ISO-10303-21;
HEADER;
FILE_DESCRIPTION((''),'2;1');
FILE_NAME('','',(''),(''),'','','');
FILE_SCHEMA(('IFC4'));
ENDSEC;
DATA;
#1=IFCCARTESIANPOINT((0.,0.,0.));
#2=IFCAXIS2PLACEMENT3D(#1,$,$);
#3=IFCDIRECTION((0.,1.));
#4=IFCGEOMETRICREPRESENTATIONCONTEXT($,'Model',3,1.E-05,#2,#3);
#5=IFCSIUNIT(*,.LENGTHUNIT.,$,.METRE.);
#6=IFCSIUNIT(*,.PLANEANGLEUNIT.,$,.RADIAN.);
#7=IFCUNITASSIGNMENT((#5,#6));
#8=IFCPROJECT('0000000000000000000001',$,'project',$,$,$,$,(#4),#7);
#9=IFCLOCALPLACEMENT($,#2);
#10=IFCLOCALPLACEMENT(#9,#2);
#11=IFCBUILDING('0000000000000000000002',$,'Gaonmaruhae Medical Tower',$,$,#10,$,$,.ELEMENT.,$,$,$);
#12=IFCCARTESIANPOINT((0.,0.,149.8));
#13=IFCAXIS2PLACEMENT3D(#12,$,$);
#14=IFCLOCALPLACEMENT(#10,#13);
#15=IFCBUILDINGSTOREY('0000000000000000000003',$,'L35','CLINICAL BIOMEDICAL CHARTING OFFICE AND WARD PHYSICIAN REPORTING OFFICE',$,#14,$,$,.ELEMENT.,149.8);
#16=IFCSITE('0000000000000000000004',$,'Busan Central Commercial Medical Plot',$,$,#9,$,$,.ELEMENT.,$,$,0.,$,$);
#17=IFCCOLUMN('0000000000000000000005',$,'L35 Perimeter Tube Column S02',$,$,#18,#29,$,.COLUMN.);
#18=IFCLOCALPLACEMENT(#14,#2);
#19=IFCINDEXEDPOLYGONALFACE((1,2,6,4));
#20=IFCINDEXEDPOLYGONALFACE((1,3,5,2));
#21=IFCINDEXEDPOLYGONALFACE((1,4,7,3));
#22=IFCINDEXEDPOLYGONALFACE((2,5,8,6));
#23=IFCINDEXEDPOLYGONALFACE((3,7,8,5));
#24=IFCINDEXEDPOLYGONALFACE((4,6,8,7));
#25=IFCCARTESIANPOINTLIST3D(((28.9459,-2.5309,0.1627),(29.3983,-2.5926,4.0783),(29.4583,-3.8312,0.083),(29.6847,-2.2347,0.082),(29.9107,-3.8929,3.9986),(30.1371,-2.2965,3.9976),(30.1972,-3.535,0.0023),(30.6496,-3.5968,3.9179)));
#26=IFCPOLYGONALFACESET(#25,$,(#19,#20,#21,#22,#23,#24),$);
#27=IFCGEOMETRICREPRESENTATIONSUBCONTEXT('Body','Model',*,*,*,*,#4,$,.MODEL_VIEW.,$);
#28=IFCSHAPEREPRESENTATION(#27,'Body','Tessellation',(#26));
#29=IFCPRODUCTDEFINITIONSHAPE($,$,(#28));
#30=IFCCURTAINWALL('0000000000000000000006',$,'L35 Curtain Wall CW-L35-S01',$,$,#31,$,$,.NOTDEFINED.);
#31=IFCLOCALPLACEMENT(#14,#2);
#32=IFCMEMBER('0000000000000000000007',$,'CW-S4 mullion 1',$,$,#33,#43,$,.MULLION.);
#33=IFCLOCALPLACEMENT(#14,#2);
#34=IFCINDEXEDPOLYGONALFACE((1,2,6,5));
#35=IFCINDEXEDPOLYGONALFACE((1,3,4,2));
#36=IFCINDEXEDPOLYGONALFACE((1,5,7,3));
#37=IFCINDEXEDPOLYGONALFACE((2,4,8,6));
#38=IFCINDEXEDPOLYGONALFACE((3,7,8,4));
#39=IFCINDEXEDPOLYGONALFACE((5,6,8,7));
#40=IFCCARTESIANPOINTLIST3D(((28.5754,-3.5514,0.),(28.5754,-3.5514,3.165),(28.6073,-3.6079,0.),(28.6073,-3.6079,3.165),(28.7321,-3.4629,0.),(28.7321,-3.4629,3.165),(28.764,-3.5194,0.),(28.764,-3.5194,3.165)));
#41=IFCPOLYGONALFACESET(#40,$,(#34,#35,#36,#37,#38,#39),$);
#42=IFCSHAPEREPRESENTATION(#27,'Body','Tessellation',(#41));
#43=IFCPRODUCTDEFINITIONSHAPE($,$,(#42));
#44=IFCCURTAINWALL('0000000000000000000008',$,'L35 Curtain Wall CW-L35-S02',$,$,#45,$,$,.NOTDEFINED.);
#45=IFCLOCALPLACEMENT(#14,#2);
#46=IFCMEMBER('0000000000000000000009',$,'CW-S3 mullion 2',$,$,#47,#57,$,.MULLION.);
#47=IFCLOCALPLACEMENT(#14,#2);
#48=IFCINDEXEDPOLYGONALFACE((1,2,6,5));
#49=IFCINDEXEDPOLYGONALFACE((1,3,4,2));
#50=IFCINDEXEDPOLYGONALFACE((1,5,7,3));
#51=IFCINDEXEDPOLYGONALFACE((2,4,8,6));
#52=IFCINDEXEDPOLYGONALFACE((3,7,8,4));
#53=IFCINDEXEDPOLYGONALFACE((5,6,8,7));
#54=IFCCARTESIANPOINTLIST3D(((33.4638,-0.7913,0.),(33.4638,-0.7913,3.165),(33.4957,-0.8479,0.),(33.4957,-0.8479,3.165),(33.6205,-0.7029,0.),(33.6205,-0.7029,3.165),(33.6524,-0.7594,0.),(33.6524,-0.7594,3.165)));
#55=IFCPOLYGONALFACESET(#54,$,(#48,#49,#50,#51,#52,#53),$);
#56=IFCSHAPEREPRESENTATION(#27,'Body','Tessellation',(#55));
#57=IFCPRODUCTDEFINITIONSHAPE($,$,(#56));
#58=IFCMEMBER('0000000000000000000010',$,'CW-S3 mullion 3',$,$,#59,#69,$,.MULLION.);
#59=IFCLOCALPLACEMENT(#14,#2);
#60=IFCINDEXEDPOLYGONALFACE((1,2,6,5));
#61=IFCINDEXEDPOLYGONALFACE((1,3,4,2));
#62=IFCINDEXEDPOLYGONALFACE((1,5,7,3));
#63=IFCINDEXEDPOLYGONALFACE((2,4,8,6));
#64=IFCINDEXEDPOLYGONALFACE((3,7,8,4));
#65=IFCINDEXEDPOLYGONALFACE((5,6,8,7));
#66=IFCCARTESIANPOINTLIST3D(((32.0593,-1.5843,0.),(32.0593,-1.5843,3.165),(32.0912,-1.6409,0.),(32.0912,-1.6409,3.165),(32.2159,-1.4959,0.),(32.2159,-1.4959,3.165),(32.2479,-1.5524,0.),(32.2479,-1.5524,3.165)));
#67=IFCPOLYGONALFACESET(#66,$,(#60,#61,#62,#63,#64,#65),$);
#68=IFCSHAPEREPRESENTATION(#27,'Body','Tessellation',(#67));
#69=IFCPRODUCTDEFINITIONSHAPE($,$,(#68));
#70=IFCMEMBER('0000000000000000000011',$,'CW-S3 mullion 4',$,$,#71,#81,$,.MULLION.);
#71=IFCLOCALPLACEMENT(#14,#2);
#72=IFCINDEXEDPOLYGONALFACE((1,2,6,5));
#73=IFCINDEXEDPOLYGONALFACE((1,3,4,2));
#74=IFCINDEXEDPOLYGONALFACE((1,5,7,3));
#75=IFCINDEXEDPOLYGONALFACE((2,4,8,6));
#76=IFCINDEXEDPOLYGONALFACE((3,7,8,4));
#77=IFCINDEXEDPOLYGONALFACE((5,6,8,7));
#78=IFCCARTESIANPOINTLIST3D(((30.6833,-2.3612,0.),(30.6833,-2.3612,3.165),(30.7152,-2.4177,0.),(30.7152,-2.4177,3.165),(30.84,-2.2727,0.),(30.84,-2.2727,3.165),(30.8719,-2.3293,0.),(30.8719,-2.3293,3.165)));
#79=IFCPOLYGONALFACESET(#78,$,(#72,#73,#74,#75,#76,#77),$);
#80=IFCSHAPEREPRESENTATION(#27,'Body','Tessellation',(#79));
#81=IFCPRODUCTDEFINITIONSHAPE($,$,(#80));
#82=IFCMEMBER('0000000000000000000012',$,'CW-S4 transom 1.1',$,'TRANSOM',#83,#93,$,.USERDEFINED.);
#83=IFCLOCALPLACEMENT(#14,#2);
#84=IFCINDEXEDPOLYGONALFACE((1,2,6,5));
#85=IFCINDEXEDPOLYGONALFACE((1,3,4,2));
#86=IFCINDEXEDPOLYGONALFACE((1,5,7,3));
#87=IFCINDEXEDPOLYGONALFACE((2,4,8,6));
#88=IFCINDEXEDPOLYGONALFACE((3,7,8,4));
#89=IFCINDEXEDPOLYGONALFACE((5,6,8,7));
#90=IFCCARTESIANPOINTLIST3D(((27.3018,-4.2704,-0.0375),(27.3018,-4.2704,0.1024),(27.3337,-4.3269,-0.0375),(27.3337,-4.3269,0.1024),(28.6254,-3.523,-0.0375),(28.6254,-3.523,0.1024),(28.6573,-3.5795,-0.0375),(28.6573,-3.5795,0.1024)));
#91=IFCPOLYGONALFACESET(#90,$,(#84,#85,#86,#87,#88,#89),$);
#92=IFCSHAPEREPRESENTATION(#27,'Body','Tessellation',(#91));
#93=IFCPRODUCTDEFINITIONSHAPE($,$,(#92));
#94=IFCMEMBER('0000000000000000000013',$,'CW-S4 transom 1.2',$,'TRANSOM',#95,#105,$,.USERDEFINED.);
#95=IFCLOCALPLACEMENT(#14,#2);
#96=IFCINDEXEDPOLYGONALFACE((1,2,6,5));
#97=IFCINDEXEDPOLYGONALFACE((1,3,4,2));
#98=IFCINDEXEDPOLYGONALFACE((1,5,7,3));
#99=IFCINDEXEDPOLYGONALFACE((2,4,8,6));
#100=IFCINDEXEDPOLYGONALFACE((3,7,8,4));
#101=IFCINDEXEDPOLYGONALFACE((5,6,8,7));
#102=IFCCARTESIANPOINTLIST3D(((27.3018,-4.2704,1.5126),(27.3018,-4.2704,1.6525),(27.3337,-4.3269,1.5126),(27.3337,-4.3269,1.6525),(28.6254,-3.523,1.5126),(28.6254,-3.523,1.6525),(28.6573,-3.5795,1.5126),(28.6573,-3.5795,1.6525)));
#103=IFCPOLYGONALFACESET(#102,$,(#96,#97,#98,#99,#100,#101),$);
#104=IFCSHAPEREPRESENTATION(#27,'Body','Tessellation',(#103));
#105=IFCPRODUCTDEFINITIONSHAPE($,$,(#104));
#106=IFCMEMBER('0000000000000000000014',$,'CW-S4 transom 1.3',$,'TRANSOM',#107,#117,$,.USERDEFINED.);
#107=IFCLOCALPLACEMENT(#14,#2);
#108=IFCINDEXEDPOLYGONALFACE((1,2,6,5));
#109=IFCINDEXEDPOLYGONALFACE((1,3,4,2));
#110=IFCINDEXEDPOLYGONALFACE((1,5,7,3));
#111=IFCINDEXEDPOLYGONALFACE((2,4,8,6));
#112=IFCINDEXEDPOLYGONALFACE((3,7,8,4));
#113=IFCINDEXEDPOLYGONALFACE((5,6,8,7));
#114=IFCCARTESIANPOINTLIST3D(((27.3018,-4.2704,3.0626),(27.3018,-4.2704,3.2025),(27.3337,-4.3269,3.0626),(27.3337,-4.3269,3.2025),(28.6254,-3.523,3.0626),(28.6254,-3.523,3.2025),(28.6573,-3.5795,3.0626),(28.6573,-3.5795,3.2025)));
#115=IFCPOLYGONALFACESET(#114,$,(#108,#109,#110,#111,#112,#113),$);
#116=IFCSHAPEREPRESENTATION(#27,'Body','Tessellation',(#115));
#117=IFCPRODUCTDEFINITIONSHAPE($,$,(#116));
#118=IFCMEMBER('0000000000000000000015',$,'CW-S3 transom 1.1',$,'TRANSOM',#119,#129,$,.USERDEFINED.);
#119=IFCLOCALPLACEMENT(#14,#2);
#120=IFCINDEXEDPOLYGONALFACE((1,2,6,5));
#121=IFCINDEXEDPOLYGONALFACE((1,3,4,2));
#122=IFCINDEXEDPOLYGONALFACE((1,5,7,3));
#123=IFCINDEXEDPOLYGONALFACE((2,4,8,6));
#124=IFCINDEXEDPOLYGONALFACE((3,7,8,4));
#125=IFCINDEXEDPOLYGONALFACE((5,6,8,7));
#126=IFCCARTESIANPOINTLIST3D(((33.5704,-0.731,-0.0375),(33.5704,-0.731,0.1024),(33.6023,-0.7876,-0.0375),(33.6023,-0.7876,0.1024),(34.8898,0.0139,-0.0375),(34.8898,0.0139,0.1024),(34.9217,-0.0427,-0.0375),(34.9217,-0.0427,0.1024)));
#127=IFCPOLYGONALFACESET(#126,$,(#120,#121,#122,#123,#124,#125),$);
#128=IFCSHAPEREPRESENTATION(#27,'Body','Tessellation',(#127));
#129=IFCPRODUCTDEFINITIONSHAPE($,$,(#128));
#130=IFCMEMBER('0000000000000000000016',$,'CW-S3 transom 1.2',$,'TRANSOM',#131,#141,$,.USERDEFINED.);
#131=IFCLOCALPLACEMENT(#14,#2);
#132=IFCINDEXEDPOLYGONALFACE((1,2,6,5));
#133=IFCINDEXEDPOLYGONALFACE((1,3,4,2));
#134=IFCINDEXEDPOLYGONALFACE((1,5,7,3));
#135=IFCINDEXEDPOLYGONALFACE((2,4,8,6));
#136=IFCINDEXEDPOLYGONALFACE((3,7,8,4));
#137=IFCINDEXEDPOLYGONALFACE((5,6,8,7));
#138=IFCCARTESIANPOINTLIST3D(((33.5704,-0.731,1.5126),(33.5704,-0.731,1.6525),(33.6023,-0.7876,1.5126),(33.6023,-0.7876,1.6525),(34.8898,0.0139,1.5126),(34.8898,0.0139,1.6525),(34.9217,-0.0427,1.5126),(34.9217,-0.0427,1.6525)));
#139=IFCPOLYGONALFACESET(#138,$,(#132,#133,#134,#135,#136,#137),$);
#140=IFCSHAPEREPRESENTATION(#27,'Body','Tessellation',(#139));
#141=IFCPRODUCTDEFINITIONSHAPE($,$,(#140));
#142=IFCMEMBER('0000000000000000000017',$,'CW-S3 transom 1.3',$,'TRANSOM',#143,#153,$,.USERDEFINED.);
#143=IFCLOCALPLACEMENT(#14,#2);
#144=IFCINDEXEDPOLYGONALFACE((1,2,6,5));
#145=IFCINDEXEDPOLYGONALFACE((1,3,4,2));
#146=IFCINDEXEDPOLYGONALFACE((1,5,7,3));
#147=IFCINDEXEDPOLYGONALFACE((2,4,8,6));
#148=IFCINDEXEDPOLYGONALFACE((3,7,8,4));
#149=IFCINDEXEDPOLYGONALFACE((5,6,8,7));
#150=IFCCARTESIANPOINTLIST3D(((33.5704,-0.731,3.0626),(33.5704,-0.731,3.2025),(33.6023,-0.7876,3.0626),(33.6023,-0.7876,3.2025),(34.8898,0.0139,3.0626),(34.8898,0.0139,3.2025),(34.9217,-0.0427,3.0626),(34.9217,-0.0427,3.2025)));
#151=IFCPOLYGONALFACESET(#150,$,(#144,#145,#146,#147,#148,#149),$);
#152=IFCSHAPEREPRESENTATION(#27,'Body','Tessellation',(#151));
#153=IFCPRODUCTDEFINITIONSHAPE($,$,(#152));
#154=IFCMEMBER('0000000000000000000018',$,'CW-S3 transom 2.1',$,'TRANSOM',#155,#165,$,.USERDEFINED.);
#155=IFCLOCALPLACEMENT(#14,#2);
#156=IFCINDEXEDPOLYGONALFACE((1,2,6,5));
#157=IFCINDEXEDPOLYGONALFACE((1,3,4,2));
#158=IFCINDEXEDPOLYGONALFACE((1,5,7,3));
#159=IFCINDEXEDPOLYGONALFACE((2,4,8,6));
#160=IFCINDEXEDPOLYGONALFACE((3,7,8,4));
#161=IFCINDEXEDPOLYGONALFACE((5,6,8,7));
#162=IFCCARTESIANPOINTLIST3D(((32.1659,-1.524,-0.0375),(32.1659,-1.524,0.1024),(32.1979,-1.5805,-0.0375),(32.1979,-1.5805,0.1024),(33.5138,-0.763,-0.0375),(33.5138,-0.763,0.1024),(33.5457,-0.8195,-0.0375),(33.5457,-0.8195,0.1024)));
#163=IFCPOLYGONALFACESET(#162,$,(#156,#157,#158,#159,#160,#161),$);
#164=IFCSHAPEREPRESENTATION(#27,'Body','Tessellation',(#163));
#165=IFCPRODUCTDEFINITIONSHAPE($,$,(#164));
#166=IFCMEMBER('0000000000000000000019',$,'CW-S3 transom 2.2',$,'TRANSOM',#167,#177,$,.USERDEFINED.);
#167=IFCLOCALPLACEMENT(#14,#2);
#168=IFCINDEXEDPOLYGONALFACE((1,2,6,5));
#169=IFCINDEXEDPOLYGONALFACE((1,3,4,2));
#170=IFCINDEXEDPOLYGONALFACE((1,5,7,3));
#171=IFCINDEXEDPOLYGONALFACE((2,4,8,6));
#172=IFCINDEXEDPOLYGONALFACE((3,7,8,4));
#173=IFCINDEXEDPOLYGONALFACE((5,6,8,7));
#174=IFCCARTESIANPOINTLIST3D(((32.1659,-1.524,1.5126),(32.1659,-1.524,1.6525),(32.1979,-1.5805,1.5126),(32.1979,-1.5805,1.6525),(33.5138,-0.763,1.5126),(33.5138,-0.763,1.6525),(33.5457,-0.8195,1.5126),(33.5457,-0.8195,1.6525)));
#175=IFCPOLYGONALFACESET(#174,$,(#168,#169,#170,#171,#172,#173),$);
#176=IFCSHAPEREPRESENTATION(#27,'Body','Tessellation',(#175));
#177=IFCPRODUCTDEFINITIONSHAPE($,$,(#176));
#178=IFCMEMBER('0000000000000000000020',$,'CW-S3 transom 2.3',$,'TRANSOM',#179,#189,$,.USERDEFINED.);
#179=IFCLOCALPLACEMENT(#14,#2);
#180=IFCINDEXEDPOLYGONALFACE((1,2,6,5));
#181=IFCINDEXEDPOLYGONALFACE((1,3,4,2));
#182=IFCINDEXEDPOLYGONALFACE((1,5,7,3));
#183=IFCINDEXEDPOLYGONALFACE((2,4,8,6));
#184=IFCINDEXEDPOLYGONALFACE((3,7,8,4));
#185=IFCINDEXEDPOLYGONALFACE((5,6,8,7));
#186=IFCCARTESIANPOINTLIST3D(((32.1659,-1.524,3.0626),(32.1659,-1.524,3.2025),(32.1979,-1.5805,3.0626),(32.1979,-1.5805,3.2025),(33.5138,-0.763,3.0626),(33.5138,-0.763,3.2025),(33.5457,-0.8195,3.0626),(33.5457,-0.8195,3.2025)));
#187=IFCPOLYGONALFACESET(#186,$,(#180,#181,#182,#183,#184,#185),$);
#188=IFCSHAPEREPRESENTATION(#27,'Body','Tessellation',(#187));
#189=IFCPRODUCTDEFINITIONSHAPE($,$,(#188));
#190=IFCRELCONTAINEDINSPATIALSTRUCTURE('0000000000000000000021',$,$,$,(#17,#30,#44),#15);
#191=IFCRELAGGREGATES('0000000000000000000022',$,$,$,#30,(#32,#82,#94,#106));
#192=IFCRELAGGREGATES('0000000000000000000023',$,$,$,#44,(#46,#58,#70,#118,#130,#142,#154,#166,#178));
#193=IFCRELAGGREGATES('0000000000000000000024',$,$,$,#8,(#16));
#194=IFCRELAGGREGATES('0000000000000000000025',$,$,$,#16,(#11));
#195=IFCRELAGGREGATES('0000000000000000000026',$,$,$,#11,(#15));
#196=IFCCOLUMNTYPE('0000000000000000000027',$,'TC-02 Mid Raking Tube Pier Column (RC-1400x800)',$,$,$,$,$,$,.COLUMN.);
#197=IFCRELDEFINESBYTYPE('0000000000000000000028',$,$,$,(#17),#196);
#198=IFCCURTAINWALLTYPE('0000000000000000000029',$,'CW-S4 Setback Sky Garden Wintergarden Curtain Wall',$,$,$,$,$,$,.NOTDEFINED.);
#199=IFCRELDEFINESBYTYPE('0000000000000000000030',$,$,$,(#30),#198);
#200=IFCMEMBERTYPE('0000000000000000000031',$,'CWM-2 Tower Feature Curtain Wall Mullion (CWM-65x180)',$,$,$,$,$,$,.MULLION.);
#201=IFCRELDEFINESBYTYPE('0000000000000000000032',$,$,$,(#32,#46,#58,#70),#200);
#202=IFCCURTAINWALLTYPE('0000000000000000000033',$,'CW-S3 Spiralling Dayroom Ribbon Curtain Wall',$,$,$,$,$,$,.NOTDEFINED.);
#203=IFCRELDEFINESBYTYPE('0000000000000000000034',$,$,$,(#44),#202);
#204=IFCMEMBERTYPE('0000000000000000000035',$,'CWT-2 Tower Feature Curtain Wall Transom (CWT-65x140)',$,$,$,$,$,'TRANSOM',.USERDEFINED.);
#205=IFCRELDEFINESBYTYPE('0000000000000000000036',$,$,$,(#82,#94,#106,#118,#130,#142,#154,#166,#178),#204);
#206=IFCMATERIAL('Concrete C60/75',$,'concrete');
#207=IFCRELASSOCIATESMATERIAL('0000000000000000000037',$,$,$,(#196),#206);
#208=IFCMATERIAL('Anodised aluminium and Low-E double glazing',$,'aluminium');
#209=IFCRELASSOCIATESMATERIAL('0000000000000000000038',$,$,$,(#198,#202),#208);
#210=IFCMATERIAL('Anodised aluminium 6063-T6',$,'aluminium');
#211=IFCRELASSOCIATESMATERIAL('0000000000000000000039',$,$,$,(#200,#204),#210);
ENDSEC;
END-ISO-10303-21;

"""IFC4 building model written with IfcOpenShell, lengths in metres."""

from ifc_helpers import new_model, si_unit, direction, frame, origin, origin_2d, place, context, subcontext, project, spatial, rectangle, extrude, material, material_profile, profile_set, type_object, element, aggregate, save


model = new_model("IFC4")

# Units and contexts
model_context = context("Model", 3, precision=1e-05, world=origin(), true_north=direction((0.0, 1.0)))
body_context = subcontext(model_context, "Body", "Model", "MODEL_VIEW")
ifc_project = project(units=[si_unit("LENGTHUNIT", "METRE"), si_unit("PLANEANGLEUNIT", "RADIAN")], contexts=[model_context])

# Site, building, storey
site_placement = place(None, origin())
site = spatial("IfcSite", under=ifc_project, at=site_placement, Name="Busan Central Commercial Medical Plot", CompositionType="ELEMENT", RefElevation=0.0)
building_placement = place(site_placement, origin())
building = spatial("IfcBuilding", under=site, at=building_placement, Name="Gaonmaruhae Medical Tower", CompositionType="ELEMENT")
storey_placement = place(building_placement, frame((0.0, 0.0, 149.8)))
storey = spatial("IfcBuildingStorey", under=building, at=storey_placement, Name="L35", Description="CLINICAL BIOMEDICAL CHARTING OFFICE AND WARD PHYSICIAN REPORTING OFFICE", CompositionType="ELEMENT", Elevation=149.8)

# Column
ifc_material_1 = material(Name="Concrete C60/75", Category="concrete")
ifc_material_profile_1 = material_profile(ifc_material_1, rectangle(XDim=1.3999, YDim=0.8, at=origin_2d()), Name="RC-1400x800")
ifc_profile_set_1 = profile_set([ifc_material_profile_1], Name="Concrete C60/75")
column_type = type_object("IfcColumnType", Name="TC-02 Mid Raking Tube Pier Column (RC-1400x800)", PredefinedType="COLUMN", material=ifc_profile_set_1)
column_placement = place(storey_placement, frame((29.5715, -3.033, 0.0825), z_axis=(0.11476, -0.015669, 0.99327), x_axis=(-0.366065, 0.928845, 0.056947)))
element("IfcColumn", 1, at=column_placement, inside=storey, type_object=column_type, Name="L35 Perimeter Tube Column S02", PredefinedType="COLUMN", context=body_context, shape_type="SweptSolid", body=[
    extrude(rectangle(XDim=1.3999, YDim=0.8, at=origin_2d()), origin(), (0.0, 0.0, 1.0), 3.9421),
])

# Curtain wall, member
ifc_material_2 = material(Name="Anodised aluminium and Low-E double glazing", Category="aluminium")
curtain_wall_type_1 = type_object("IfcCurtainWallType", Name="CW-S4 Setback Sky Garden Wintergarden Curtain Wall", PredefinedType="NOTDEFINED", material=ifc_material_2)
curtain_wall_1_placement = place(storey_placement, origin())
curtain_wall_1 = element("IfcCurtainWall", 2, at=curtain_wall_1_placement, inside=storey, type_object=curtain_wall_type_1, Name="L35 Curtain Wall CW-L35-S01", PredefinedType="NOTDEFINED")
ifc_material_3 = material(Name="Anodised aluminium 6063-T6", Category="aluminium")
ifc_material_profile_2 = material_profile(ifc_material_3, rectangle(XDim=0.0649, YDim=0.1799, at=origin_2d()), Name="CWM-65x180")
ifc_profile_set_2 = profile_set([ifc_material_profile_2], Name="Anodised aluminium 6063-T6")
member_type_1 = type_object("IfcMemberType", Name="CWM-2 Tower Feature Curtain Wall Mullion (CWM-65x180)", PredefinedType="MULLION", material=ifc_profile_set_2)
member_1_placement = place(storey_placement, frame((28.6697, -3.5354, 0.0), z_axis=(0.0, 0.0, 1.0), x_axis=(0.491663, -0.870786, 0.0)))
member_1 = element("IfcMember", 3, at=member_1_placement, type_object=member_type_1, Name="CW-S4 mullion 1", PredefinedType="MULLION", context=body_context, shape_type="SweptSolid", body=[
    extrude(rectangle(XDim=0.0649, YDim=0.1799, at=origin_2d()), origin(), (0.0, 0.0, 1.0), 3.165),
])

# Curtain wall, members
curtain_wall_type_2 = type_object("IfcCurtainWallType", Name="CW-S3 Spiralling Dayroom Ribbon Curtain Wall", PredefinedType="NOTDEFINED", material=ifc_material_2)
curtain_wall_2_placement = place(storey_placement, origin())
curtain_wall_2 = element("IfcCurtainWall", 4, at=curtain_wall_2_placement, inside=storey, type_object=curtain_wall_type_2, Name="L35 Curtain Wall CW-L35-S02", PredefinedType="NOTDEFINED")
member_2_placement = place(storey_placement, frame((33.5581, -0.7754, 0.0), z_axis=(0.0, 0.0, 1.0), x_axis=(0.491663, -0.870786, 0.0)))
member_2 = element("IfcMember", 5, at=member_2_placement, type_object=member_type_1, Name="CW-S3 mullion 2", PredefinedType="MULLION", context=body_context, shape_type="SweptSolid", body=[
    extrude(rectangle(XDim=0.0649, YDim=0.1799, at=origin_2d()), origin(), (0.0, 0.0, 1.0), 3.165),
])
member_3_placement = place(storey_placement, frame((32.1536, -1.5684, 0.0), z_axis=(0.0, 0.0, 1.0), x_axis=(0.491663, -0.870786, 0.0)))
member_3 = element("IfcMember", 6, at=member_3_placement, type_object=member_type_1, Name="CW-S3 mullion 3", PredefinedType="MULLION", context=body_context, shape_type="SweptSolid", body=[
    extrude(rectangle(XDim=0.0649, YDim=0.1799, at=origin_2d()), origin(), (0.0, 0.0, 1.0), 3.165),
])
member_4_placement = place(storey_placement, frame((30.7776, -2.3452, 0.0), z_axis=(0.0, 0.0, 1.0), x_axis=(0.491663, -0.870786, 0.0)))
member_4 = element("IfcMember", 7, at=member_4_placement, type_object=member_type_1, Name="CW-S3 mullion 4", PredefinedType="MULLION", context=body_context, shape_type="SweptSolid", body=[
    extrude(rectangle(XDim=0.0649, YDim=0.1799, at=origin_2d()), origin(), (0.0, 0.0, 1.0), 3.165),
])

# Members
ifc_material_profile_3 = material_profile(ifc_material_3, rectangle(XDim=0.0649, YDim=0.1399, at=origin_2d()), Name="CWT-65x140")
ifc_profile_set_3 = profile_set([ifc_material_profile_3], Name="Anodised aluminium 6063-T6")
member_type_2 = type_object("IfcMemberType", Name="CWT-2 Tower Feature Curtain Wall Transom (CWT-65x140)", ElementType="TRANSOM", PredefinedType="USERDEFINED", material=ifc_profile_set_3)
member_5_placement = place(storey_placement, frame((28.6414, -3.5513, 0.0325), z_axis=(-0.870772, -0.491687, 0.0), x_axis=(0.491687, -0.870772, 0.0)))
member_5 = element("IfcMember", 8, at=member_5_placement, type_object=member_type_2, Name="CW-S4 transom 1.1", ObjectType="TRANSOM", PredefinedType="USERDEFINED", context=body_context, shape_type="SweptSolid", body=[
    extrude(rectangle(XDim=0.0649, YDim=0.1399, at=origin_2d()), origin(), (0.0, 0.0, 1.0), 1.52),
])
member_6_placement = place(storey_placement, frame((28.6414, -3.5513, 1.5825), z_axis=(-0.870772, -0.491687, 0.0), x_axis=(0.491687, -0.870772, 0.0)))
member_6 = element("IfcMember", 9, at=member_6_placement, type_object=member_type_2, Name="CW-S4 transom 1.2", ObjectType="TRANSOM", PredefinedType="USERDEFINED", context=body_context, shape_type="SweptSolid", body=[
    extrude(rectangle(XDim=0.0649, YDim=0.1399, at=origin_2d()), origin(), (0.0, 0.0, 1.0), 1.52),
])
member_7_placement = place(storey_placement, frame((28.6414, -3.5513, 3.1326), z_axis=(-0.870772, -0.491687, 0.0), x_axis=(0.491687, -0.870772, 0.0)))
member_7 = element("IfcMember", 10, at=member_7_placement, type_object=member_type_2, Name="CW-S4 transom 1.3", ObjectType="TRANSOM", PredefinedType="USERDEFINED", context=body_context, shape_type="SweptSolid", body=[
    extrude(rectangle(XDim=0.0649, YDim=0.1399, at=origin_2d()), origin(), (0.0, 0.0, 1.0), 1.52),
])
aggregate(curtain_wall_1, [member_1, member_5, member_6, member_7])
member_8_placement = place(storey_placement, frame((34.9058, -0.0144, 0.0325), z_axis=(-0.8708, -0.491638, 0.0), x_axis=(0.491638, -0.8708, 0.0)))
member_8 = element("IfcMember", 11, at=member_8_placement, type_object=member_type_2, Name="CW-S3 transom 1.1", ObjectType="TRANSOM", PredefinedType="USERDEFINED", context=body_context, shape_type="SweptSolid", body=[
    extrude(rectangle(XDim=0.0649, YDim=0.1399, at=origin_2d()), origin(), (0.0, 0.0, 1.0), 1.5151),
])
member_9_placement = place(storey_placement, frame((34.9058, -0.0144, 1.5825), z_axis=(-0.8708, -0.491638, 0.0), x_axis=(0.491638, -0.8708, 0.0)))
member_9 = element("IfcMember", 12, at=member_9_placement, type_object=member_type_2, Name="CW-S3 transom 1.2", ObjectType="TRANSOM", PredefinedType="USERDEFINED", context=body_context, shape_type="SweptSolid", body=[
    extrude(rectangle(XDim=0.0649, YDim=0.1399, at=origin_2d()), origin(), (0.0, 0.0, 1.0), 1.5151),
])
member_10_placement = place(storey_placement, frame((34.9058, -0.0144, 3.1326), z_axis=(-0.8708, -0.491638, 0.0), x_axis=(0.491638, -0.8708, 0.0)))
member_10 = element("IfcMember", 13, at=member_10_placement, type_object=member_type_2, Name="CW-S3 transom 1.3", ObjectType="TRANSOM", PredefinedType="USERDEFINED", context=body_context, shape_type="SweptSolid", body=[
    extrude(rectangle(XDim=0.0649, YDim=0.1399, at=origin_2d()), origin(), (0.0, 0.0, 1.0), 1.5151),
])
member_11_placement = place(storey_placement, frame((33.5298, -0.7913, 0.0325), z_axis=(-0.870804, -0.491631, 0.0), x_axis=(0.491631, -0.870804, 0.0)))
member_11 = element("IfcMember", 14, at=member_11_placement, type_object=member_type_2, Name="CW-S3 transom 2.1", ObjectType="TRANSOM", PredefinedType="USERDEFINED", context=body_context, shape_type="SweptSolid", body=[
    extrude(rectangle(XDim=0.0649, YDim=0.1399, at=origin_2d()), origin(), (0.0, 0.0, 1.0), 1.5479),
])
member_12_placement = place(storey_placement, frame((33.5298, -0.7913, 1.5825), z_axis=(-0.870804, -0.491631, 0.0), x_axis=(0.491631, -0.870804, 0.0)))
member_12 = element("IfcMember", 15, at=member_12_placement, type_object=member_type_2, Name="CW-S3 transom 2.2", ObjectType="TRANSOM", PredefinedType="USERDEFINED", context=body_context, shape_type="SweptSolid", body=[
    extrude(rectangle(XDim=0.0649, YDim=0.1399, at=origin_2d()), origin(), (0.0, 0.0, 1.0), 1.5479),
])
member_13_placement = place(storey_placement, frame((33.5298, -0.7913, 3.1326), z_axis=(-0.870804, -0.491631, 0.0), x_axis=(0.491631, -0.870804, 0.0)))
member_13 = element("IfcMember", 16, at=member_13_placement, type_object=member_type_2, Name="CW-S3 transom 2.3", ObjectType="TRANSOM", PredefinedType="USERDEFINED", context=body_context, shape_type="SweptSolid", body=[
    extrude(rectangle(XDim=0.0649, YDim=0.1399, at=origin_2d()), origin(), (0.0, 0.0, 1.0), 1.5479),
])

aggregate(curtain_wall_2, [member_2, member_3, member_4, member_8, member_9, member_10, member_11, member_12, member_13])

save(model, "model.ifc")
